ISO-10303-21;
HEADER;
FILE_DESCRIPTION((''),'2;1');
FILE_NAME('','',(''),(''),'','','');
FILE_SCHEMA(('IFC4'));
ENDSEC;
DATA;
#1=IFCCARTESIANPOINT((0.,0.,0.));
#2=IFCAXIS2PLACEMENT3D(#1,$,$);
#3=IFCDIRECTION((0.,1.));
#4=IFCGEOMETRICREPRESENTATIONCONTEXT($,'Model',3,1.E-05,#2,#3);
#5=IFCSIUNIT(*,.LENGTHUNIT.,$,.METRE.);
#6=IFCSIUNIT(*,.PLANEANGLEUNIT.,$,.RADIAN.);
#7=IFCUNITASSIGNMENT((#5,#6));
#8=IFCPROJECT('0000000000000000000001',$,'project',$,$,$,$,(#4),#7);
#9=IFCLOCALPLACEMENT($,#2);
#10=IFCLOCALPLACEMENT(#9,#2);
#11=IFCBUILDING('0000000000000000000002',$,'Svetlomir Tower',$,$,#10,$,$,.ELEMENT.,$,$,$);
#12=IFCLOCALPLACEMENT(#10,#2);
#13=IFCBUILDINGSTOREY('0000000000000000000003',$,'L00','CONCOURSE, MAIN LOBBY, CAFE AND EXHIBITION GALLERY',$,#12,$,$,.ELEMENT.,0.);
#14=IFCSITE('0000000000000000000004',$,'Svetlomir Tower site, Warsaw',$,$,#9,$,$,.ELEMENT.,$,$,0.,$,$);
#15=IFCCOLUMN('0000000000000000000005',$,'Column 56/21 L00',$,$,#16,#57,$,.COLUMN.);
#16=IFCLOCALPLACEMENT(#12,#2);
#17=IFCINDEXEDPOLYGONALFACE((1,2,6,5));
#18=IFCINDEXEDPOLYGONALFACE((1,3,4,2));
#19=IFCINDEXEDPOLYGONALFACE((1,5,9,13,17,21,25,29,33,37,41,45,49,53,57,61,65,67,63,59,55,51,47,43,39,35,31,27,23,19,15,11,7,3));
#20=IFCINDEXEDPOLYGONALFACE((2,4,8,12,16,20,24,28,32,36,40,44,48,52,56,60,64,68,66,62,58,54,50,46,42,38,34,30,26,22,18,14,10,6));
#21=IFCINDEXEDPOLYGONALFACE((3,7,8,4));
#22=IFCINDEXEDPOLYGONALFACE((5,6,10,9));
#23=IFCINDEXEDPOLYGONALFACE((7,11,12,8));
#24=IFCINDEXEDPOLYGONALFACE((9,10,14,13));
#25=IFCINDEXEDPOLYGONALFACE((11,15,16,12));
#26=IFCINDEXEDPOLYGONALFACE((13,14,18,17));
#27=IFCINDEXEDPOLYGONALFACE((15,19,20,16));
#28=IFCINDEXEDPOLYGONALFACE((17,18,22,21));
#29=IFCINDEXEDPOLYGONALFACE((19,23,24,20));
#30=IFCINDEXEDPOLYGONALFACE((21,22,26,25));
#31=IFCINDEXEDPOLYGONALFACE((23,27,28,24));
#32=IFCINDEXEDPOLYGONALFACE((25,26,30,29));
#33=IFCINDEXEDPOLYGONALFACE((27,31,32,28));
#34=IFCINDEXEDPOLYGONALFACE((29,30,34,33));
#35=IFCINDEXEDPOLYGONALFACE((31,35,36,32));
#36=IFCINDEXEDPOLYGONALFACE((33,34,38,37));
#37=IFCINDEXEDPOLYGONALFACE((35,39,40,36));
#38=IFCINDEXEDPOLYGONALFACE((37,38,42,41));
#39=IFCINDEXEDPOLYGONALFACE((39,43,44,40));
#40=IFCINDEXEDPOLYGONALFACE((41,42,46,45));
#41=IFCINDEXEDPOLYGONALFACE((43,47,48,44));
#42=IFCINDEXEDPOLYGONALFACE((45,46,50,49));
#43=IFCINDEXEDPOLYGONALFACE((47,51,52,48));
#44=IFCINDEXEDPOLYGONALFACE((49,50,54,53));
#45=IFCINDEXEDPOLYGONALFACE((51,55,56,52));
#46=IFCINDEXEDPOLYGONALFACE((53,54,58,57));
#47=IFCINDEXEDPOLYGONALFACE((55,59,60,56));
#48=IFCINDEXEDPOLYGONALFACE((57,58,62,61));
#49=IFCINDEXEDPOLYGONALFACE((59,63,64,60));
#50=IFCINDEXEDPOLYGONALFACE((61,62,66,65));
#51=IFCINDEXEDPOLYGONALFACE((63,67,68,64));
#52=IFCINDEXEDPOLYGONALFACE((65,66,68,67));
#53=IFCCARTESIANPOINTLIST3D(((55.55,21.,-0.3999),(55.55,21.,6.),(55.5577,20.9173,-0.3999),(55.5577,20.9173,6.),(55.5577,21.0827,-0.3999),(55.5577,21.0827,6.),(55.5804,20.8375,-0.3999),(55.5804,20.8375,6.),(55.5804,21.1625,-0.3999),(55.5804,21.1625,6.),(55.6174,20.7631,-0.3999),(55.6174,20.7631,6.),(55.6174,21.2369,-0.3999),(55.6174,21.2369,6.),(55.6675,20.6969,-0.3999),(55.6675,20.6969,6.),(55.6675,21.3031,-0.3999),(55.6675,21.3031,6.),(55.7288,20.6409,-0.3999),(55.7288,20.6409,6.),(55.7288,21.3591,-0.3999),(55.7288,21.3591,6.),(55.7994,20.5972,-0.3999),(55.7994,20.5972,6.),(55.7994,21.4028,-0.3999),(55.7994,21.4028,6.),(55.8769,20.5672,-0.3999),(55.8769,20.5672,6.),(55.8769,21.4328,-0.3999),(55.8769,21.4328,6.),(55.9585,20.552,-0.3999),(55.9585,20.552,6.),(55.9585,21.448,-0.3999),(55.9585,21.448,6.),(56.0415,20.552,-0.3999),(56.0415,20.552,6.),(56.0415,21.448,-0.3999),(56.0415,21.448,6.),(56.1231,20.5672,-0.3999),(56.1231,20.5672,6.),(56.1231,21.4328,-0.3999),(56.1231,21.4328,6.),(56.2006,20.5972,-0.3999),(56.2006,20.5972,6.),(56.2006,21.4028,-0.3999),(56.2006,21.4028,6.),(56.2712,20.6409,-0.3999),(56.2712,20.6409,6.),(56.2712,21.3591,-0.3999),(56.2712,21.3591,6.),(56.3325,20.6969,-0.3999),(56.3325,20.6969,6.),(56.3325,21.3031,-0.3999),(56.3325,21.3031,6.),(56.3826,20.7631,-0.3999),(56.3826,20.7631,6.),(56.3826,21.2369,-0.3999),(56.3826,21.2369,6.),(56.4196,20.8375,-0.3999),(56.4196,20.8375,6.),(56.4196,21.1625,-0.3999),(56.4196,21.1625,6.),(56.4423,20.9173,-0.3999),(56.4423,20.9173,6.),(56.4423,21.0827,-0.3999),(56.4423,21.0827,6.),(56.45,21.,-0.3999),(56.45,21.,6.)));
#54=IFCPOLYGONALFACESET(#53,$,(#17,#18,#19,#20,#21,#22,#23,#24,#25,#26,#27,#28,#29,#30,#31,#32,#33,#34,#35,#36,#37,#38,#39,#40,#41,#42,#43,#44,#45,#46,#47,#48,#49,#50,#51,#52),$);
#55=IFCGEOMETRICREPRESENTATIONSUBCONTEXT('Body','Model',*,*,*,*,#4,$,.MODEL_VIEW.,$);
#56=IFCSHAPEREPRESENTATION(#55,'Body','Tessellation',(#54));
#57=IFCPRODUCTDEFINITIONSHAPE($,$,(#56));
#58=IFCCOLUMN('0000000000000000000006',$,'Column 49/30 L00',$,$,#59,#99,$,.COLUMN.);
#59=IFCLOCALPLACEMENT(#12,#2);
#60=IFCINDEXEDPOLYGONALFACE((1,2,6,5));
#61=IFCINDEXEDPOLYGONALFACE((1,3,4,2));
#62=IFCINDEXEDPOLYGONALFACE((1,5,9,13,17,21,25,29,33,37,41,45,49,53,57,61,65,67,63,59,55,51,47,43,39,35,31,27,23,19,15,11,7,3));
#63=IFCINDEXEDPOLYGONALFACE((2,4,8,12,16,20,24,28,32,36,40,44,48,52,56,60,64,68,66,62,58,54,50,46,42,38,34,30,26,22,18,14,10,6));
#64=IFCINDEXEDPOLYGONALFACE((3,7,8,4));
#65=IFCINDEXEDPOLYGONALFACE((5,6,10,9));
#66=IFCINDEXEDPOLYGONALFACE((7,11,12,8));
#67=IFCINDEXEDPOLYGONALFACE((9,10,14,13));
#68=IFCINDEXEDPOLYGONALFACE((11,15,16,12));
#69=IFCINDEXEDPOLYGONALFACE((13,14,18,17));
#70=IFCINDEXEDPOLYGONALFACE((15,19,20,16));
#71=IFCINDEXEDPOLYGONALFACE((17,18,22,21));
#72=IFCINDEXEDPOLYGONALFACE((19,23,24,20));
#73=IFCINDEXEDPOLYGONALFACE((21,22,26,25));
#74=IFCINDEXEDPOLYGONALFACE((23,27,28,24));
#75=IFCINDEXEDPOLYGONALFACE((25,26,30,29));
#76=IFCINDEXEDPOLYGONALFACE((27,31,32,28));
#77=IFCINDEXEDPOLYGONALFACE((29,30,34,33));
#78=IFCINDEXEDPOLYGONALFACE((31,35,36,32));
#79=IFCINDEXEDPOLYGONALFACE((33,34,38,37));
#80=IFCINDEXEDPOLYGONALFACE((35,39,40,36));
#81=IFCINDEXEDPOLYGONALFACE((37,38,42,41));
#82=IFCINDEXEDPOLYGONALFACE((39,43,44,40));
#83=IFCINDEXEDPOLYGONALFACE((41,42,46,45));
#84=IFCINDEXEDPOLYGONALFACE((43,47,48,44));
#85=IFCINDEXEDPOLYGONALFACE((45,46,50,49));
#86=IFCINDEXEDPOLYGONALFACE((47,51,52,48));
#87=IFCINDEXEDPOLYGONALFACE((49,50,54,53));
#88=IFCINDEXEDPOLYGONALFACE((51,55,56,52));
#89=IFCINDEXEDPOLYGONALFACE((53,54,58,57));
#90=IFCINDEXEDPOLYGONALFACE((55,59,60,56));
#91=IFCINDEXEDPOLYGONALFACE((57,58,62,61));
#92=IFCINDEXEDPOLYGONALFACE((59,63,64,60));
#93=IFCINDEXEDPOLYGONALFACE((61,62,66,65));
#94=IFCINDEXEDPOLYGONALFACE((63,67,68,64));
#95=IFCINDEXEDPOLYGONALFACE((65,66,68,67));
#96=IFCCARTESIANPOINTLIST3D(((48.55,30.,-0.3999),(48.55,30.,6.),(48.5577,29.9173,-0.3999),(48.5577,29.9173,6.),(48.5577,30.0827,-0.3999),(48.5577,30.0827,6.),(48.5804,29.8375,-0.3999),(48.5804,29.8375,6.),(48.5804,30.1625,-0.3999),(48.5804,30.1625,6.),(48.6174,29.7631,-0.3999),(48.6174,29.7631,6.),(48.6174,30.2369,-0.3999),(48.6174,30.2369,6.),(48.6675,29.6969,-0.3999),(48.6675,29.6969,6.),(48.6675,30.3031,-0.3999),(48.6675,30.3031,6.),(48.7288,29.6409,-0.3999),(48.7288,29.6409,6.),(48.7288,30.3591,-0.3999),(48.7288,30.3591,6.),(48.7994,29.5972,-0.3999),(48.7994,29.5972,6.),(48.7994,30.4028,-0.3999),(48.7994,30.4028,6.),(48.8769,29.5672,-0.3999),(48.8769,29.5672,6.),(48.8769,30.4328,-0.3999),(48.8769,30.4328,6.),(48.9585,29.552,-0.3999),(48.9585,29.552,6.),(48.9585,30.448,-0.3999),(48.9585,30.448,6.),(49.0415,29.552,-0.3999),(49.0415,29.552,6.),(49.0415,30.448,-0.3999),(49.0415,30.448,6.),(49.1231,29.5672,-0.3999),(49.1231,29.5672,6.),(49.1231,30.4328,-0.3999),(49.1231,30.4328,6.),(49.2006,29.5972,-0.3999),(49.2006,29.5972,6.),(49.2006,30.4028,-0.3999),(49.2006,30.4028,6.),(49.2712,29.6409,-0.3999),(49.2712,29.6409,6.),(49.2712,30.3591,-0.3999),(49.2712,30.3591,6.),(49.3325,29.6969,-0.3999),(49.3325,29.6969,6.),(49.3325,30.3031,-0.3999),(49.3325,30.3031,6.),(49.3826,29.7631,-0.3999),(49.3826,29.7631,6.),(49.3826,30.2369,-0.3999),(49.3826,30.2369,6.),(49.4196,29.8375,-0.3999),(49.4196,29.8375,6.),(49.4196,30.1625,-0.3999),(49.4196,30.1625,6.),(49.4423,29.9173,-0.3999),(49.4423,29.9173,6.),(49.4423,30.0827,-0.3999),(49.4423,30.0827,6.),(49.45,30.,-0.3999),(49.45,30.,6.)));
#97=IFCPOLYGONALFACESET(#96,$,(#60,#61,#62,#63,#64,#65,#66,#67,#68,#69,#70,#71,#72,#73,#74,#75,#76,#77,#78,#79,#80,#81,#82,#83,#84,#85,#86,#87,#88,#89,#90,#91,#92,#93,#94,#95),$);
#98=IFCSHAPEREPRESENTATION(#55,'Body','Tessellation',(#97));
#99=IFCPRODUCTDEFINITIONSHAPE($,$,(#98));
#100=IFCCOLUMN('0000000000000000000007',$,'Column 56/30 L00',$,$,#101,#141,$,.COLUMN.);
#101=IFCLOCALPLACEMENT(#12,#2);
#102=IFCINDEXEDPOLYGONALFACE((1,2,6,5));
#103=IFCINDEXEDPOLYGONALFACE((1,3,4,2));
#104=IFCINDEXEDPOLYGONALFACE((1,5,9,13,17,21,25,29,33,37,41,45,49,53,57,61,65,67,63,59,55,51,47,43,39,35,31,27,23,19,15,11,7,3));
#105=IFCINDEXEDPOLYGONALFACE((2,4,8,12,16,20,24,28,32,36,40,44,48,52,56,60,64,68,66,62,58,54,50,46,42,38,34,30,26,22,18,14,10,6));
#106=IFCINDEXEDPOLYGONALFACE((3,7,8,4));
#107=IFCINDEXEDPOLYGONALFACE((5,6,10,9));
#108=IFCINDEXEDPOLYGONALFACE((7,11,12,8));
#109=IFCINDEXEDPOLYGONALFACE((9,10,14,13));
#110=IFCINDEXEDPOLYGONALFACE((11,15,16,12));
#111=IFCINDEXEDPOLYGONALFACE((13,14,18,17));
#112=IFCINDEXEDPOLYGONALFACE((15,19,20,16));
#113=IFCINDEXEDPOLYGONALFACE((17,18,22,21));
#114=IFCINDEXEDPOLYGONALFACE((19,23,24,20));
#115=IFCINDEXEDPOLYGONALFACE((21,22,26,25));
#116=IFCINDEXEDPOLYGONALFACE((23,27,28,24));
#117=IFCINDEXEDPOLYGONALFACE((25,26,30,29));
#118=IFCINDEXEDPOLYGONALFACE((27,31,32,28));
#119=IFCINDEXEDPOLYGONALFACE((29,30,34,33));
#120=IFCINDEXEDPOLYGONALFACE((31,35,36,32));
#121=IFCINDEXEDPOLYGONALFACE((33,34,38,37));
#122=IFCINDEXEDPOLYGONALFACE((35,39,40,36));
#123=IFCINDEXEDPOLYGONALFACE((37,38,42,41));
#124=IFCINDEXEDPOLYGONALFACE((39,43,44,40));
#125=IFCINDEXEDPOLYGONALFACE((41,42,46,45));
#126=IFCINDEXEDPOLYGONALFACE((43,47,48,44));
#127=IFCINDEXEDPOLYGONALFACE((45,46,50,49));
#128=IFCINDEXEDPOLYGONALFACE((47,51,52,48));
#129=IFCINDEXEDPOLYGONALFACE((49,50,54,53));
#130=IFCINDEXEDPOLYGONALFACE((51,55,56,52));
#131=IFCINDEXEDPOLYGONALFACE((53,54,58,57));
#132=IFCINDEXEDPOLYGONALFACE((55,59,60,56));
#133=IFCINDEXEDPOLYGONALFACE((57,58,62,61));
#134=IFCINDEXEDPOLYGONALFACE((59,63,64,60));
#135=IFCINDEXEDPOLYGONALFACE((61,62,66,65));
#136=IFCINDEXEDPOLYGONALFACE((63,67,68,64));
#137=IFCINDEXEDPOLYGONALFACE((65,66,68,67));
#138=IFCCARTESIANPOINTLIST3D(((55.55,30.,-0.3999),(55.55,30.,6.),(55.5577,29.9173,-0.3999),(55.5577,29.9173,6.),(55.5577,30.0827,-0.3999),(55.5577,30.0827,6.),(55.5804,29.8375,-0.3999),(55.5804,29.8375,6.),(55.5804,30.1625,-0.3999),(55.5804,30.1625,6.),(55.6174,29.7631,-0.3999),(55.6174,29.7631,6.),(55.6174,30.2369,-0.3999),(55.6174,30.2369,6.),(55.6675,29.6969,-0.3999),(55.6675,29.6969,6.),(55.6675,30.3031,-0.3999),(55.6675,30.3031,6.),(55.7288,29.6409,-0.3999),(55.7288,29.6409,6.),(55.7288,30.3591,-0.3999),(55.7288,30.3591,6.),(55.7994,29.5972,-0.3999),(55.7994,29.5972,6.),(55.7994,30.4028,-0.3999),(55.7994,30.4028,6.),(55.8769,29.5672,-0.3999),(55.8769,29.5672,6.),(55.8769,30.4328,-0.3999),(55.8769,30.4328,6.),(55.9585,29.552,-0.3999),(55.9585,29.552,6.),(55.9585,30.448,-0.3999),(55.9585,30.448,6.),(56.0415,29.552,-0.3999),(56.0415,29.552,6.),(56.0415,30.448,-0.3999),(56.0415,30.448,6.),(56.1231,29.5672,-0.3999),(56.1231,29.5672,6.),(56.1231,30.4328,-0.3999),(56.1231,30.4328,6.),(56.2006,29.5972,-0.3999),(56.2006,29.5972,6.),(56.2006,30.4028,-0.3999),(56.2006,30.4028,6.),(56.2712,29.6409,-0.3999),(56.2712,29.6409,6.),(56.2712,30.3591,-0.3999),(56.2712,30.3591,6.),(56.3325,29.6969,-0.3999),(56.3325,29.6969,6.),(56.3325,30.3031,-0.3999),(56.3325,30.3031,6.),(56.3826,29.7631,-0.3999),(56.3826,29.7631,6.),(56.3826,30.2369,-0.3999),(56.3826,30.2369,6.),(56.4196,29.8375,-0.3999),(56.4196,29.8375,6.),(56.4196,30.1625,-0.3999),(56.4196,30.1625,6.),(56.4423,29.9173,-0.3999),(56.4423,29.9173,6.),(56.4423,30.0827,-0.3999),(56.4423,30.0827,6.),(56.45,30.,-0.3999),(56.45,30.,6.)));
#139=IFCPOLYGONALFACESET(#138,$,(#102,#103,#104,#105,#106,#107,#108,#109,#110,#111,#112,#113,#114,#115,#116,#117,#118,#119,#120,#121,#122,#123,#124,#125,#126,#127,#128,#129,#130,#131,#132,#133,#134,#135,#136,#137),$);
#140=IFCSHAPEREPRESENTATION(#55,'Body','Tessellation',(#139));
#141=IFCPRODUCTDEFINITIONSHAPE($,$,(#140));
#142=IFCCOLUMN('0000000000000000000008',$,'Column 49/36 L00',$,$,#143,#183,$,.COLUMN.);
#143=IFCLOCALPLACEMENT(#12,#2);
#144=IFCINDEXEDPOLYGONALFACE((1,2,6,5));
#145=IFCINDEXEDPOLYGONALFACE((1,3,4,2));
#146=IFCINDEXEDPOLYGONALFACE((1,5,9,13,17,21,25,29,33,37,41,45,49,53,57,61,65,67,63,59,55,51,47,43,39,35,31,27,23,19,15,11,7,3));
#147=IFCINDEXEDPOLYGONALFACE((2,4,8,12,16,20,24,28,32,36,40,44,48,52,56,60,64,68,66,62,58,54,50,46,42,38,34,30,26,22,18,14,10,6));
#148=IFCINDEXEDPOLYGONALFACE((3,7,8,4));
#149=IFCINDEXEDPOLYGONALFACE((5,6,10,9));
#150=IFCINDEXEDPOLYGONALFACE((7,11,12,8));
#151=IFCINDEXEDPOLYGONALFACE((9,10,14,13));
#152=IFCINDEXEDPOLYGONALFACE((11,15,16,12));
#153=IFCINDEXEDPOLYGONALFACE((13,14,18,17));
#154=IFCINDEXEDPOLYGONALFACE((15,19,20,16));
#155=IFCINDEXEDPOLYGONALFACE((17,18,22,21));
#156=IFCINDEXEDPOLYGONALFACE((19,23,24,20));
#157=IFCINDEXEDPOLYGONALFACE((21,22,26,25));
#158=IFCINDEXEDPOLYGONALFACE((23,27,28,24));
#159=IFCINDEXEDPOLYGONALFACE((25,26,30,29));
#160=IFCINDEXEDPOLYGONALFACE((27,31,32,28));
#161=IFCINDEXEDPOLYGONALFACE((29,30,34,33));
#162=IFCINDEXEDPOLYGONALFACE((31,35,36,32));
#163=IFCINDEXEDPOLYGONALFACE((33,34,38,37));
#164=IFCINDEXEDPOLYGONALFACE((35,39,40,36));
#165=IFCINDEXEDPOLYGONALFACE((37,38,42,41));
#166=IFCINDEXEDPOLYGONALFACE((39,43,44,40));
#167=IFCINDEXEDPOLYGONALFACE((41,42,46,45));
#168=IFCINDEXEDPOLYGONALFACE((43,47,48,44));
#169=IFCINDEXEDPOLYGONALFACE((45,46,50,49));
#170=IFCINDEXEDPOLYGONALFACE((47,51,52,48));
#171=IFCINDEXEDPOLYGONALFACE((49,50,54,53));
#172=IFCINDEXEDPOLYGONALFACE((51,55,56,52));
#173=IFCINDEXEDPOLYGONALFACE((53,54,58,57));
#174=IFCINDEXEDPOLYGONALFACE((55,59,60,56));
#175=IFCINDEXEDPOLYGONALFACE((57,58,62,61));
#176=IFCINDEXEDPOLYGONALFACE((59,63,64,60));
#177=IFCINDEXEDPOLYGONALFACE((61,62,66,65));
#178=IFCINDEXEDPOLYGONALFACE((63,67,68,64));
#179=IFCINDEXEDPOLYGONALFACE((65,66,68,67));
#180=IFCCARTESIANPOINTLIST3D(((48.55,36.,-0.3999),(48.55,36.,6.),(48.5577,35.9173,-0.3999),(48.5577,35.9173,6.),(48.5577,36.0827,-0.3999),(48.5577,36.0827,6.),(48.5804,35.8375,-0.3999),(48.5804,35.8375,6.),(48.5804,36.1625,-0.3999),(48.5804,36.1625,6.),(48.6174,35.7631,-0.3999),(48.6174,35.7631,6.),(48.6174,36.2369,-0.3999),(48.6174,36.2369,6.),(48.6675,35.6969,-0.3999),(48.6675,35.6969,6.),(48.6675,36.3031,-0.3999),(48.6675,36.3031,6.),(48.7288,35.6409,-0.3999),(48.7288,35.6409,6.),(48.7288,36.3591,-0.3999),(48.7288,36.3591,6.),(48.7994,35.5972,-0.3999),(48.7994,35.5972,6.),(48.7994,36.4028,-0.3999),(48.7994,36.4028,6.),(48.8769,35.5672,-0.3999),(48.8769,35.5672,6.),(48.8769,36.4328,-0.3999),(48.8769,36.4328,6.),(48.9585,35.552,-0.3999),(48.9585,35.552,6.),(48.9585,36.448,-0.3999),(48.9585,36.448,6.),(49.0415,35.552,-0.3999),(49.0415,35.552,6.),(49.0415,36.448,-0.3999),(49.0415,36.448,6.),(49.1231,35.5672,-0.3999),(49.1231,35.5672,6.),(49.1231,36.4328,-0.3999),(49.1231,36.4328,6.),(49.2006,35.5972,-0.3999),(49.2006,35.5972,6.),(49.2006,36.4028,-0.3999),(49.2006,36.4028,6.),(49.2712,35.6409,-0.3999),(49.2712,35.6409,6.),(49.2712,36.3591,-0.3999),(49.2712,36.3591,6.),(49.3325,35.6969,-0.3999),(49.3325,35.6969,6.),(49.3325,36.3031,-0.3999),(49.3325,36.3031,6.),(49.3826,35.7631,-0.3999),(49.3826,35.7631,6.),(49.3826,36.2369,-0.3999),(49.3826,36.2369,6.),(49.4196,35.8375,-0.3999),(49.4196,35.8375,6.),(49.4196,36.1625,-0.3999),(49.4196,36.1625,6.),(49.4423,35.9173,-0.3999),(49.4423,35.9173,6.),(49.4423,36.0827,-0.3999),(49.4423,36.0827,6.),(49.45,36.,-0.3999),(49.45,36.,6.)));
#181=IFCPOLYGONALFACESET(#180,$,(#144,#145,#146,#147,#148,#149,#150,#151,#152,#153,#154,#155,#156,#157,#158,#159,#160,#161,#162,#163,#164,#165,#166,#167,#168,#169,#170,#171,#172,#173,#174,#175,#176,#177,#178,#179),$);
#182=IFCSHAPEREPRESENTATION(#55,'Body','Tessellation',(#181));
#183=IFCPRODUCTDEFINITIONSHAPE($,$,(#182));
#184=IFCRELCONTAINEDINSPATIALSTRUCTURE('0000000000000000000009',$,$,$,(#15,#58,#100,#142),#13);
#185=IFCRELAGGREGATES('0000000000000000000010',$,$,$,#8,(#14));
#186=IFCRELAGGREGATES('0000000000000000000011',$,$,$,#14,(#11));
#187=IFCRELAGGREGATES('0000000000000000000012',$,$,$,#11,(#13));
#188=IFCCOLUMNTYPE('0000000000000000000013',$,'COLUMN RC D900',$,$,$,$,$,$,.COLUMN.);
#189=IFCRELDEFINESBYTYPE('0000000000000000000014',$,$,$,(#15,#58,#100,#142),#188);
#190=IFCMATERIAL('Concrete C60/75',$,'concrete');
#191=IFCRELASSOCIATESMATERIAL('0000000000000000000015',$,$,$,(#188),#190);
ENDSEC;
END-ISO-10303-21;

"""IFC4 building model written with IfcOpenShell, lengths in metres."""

from ifc_helpers import new_model, si_unit, direction, frame, origin, origin_2d, place, context, subcontext, project, spatial, circle, extrude, material, material_profile, profile_set, type_object, element, save


model = new_model("IFC4")

# Units and contexts
model_context = context("Model", 3, precision=1e-05, world=origin(), true_north=direction((0.0, 1.0)))
body_context = subcontext(model_context, "Body", "Model", "MODEL_VIEW")
ifc_project = project(units=[si_unit("LENGTHUNIT", "METRE"), si_unit("PLANEANGLEUNIT", "RADIAN")], contexts=[model_context])

# Site, building, storey
site_placement = place(None, origin())
site = spatial("IfcSite", under=ifc_project, at=site_placement, Name="Svetlomir Tower site, Warsaw", CompositionType="ELEMENT", RefElevation=0.0)
building_placement = place(site_placement, origin())
building = spatial("IfcBuilding", under=site, at=building_placement, Name="Svetlomir Tower", CompositionType="ELEMENT")
storey_placement = place(building_placement, origin())
storey = spatial("IfcBuildingStorey", under=building, at=storey_placement, Name="L00", Description="CONCOURSE, MAIN LOBBY, CAFE AND EXHIBITION GALLERY", CompositionType="ELEMENT", Elevation=0.0)

# Columns
ifc_material_1 = material(Name="Concrete C60/75", Category="concrete")
ifc_material_profile_1 = material_profile(ifc_material_1, circle(Radius=0.45, at=origin_2d()), Name="RC D900")
ifc_profile_set_1 = profile_set([ifc_material_profile_1], Name="Concrete C60/75")
column_type = type_object("IfcColumnType", Name="COLUMN RC D900", PredefinedType="COLUMN", material=ifc_profile_set_1)
for number, where, z_axis, x_axis, name in (
    (1, (56.0, 21.0, -0.3999), (0.0, 0.0, 1.0), (1.0, 0.0, 0.0), "Column 56/21 L00"),
    (2, (49.0, 30.0, -0.3999), (0.0, 0.0, 1.0), (1.0, 0.0, 0.0), "Column 49/30 L00"),
    (3, (56.0, 30.0, -0.3999), (0.0, 0.0, 1.0), (1.0, 0.0, 0.0), "Column 56/30 L00"),
    (4, (49.0, 36.0, -0.3999), (0.0, 0.0, 1.0), (1.0, 0.0, 0.0), "Column 49/36 L00"),
):
    element("IfcColumn", number, at=place(storey_placement, frame(where, z_axis=z_axis, x_axis=x_axis)), inside=storey, type_object=column_type, Name=name, PredefinedType="COLUMN", context=body_context, shape_type="SweptSolid", body=[
        extrude(circle(Radius=0.45, at=origin_2d()), origin(), (0.0, 0.0, 1.0), 6.3999),
    ])

save(model, "model.ifc")
